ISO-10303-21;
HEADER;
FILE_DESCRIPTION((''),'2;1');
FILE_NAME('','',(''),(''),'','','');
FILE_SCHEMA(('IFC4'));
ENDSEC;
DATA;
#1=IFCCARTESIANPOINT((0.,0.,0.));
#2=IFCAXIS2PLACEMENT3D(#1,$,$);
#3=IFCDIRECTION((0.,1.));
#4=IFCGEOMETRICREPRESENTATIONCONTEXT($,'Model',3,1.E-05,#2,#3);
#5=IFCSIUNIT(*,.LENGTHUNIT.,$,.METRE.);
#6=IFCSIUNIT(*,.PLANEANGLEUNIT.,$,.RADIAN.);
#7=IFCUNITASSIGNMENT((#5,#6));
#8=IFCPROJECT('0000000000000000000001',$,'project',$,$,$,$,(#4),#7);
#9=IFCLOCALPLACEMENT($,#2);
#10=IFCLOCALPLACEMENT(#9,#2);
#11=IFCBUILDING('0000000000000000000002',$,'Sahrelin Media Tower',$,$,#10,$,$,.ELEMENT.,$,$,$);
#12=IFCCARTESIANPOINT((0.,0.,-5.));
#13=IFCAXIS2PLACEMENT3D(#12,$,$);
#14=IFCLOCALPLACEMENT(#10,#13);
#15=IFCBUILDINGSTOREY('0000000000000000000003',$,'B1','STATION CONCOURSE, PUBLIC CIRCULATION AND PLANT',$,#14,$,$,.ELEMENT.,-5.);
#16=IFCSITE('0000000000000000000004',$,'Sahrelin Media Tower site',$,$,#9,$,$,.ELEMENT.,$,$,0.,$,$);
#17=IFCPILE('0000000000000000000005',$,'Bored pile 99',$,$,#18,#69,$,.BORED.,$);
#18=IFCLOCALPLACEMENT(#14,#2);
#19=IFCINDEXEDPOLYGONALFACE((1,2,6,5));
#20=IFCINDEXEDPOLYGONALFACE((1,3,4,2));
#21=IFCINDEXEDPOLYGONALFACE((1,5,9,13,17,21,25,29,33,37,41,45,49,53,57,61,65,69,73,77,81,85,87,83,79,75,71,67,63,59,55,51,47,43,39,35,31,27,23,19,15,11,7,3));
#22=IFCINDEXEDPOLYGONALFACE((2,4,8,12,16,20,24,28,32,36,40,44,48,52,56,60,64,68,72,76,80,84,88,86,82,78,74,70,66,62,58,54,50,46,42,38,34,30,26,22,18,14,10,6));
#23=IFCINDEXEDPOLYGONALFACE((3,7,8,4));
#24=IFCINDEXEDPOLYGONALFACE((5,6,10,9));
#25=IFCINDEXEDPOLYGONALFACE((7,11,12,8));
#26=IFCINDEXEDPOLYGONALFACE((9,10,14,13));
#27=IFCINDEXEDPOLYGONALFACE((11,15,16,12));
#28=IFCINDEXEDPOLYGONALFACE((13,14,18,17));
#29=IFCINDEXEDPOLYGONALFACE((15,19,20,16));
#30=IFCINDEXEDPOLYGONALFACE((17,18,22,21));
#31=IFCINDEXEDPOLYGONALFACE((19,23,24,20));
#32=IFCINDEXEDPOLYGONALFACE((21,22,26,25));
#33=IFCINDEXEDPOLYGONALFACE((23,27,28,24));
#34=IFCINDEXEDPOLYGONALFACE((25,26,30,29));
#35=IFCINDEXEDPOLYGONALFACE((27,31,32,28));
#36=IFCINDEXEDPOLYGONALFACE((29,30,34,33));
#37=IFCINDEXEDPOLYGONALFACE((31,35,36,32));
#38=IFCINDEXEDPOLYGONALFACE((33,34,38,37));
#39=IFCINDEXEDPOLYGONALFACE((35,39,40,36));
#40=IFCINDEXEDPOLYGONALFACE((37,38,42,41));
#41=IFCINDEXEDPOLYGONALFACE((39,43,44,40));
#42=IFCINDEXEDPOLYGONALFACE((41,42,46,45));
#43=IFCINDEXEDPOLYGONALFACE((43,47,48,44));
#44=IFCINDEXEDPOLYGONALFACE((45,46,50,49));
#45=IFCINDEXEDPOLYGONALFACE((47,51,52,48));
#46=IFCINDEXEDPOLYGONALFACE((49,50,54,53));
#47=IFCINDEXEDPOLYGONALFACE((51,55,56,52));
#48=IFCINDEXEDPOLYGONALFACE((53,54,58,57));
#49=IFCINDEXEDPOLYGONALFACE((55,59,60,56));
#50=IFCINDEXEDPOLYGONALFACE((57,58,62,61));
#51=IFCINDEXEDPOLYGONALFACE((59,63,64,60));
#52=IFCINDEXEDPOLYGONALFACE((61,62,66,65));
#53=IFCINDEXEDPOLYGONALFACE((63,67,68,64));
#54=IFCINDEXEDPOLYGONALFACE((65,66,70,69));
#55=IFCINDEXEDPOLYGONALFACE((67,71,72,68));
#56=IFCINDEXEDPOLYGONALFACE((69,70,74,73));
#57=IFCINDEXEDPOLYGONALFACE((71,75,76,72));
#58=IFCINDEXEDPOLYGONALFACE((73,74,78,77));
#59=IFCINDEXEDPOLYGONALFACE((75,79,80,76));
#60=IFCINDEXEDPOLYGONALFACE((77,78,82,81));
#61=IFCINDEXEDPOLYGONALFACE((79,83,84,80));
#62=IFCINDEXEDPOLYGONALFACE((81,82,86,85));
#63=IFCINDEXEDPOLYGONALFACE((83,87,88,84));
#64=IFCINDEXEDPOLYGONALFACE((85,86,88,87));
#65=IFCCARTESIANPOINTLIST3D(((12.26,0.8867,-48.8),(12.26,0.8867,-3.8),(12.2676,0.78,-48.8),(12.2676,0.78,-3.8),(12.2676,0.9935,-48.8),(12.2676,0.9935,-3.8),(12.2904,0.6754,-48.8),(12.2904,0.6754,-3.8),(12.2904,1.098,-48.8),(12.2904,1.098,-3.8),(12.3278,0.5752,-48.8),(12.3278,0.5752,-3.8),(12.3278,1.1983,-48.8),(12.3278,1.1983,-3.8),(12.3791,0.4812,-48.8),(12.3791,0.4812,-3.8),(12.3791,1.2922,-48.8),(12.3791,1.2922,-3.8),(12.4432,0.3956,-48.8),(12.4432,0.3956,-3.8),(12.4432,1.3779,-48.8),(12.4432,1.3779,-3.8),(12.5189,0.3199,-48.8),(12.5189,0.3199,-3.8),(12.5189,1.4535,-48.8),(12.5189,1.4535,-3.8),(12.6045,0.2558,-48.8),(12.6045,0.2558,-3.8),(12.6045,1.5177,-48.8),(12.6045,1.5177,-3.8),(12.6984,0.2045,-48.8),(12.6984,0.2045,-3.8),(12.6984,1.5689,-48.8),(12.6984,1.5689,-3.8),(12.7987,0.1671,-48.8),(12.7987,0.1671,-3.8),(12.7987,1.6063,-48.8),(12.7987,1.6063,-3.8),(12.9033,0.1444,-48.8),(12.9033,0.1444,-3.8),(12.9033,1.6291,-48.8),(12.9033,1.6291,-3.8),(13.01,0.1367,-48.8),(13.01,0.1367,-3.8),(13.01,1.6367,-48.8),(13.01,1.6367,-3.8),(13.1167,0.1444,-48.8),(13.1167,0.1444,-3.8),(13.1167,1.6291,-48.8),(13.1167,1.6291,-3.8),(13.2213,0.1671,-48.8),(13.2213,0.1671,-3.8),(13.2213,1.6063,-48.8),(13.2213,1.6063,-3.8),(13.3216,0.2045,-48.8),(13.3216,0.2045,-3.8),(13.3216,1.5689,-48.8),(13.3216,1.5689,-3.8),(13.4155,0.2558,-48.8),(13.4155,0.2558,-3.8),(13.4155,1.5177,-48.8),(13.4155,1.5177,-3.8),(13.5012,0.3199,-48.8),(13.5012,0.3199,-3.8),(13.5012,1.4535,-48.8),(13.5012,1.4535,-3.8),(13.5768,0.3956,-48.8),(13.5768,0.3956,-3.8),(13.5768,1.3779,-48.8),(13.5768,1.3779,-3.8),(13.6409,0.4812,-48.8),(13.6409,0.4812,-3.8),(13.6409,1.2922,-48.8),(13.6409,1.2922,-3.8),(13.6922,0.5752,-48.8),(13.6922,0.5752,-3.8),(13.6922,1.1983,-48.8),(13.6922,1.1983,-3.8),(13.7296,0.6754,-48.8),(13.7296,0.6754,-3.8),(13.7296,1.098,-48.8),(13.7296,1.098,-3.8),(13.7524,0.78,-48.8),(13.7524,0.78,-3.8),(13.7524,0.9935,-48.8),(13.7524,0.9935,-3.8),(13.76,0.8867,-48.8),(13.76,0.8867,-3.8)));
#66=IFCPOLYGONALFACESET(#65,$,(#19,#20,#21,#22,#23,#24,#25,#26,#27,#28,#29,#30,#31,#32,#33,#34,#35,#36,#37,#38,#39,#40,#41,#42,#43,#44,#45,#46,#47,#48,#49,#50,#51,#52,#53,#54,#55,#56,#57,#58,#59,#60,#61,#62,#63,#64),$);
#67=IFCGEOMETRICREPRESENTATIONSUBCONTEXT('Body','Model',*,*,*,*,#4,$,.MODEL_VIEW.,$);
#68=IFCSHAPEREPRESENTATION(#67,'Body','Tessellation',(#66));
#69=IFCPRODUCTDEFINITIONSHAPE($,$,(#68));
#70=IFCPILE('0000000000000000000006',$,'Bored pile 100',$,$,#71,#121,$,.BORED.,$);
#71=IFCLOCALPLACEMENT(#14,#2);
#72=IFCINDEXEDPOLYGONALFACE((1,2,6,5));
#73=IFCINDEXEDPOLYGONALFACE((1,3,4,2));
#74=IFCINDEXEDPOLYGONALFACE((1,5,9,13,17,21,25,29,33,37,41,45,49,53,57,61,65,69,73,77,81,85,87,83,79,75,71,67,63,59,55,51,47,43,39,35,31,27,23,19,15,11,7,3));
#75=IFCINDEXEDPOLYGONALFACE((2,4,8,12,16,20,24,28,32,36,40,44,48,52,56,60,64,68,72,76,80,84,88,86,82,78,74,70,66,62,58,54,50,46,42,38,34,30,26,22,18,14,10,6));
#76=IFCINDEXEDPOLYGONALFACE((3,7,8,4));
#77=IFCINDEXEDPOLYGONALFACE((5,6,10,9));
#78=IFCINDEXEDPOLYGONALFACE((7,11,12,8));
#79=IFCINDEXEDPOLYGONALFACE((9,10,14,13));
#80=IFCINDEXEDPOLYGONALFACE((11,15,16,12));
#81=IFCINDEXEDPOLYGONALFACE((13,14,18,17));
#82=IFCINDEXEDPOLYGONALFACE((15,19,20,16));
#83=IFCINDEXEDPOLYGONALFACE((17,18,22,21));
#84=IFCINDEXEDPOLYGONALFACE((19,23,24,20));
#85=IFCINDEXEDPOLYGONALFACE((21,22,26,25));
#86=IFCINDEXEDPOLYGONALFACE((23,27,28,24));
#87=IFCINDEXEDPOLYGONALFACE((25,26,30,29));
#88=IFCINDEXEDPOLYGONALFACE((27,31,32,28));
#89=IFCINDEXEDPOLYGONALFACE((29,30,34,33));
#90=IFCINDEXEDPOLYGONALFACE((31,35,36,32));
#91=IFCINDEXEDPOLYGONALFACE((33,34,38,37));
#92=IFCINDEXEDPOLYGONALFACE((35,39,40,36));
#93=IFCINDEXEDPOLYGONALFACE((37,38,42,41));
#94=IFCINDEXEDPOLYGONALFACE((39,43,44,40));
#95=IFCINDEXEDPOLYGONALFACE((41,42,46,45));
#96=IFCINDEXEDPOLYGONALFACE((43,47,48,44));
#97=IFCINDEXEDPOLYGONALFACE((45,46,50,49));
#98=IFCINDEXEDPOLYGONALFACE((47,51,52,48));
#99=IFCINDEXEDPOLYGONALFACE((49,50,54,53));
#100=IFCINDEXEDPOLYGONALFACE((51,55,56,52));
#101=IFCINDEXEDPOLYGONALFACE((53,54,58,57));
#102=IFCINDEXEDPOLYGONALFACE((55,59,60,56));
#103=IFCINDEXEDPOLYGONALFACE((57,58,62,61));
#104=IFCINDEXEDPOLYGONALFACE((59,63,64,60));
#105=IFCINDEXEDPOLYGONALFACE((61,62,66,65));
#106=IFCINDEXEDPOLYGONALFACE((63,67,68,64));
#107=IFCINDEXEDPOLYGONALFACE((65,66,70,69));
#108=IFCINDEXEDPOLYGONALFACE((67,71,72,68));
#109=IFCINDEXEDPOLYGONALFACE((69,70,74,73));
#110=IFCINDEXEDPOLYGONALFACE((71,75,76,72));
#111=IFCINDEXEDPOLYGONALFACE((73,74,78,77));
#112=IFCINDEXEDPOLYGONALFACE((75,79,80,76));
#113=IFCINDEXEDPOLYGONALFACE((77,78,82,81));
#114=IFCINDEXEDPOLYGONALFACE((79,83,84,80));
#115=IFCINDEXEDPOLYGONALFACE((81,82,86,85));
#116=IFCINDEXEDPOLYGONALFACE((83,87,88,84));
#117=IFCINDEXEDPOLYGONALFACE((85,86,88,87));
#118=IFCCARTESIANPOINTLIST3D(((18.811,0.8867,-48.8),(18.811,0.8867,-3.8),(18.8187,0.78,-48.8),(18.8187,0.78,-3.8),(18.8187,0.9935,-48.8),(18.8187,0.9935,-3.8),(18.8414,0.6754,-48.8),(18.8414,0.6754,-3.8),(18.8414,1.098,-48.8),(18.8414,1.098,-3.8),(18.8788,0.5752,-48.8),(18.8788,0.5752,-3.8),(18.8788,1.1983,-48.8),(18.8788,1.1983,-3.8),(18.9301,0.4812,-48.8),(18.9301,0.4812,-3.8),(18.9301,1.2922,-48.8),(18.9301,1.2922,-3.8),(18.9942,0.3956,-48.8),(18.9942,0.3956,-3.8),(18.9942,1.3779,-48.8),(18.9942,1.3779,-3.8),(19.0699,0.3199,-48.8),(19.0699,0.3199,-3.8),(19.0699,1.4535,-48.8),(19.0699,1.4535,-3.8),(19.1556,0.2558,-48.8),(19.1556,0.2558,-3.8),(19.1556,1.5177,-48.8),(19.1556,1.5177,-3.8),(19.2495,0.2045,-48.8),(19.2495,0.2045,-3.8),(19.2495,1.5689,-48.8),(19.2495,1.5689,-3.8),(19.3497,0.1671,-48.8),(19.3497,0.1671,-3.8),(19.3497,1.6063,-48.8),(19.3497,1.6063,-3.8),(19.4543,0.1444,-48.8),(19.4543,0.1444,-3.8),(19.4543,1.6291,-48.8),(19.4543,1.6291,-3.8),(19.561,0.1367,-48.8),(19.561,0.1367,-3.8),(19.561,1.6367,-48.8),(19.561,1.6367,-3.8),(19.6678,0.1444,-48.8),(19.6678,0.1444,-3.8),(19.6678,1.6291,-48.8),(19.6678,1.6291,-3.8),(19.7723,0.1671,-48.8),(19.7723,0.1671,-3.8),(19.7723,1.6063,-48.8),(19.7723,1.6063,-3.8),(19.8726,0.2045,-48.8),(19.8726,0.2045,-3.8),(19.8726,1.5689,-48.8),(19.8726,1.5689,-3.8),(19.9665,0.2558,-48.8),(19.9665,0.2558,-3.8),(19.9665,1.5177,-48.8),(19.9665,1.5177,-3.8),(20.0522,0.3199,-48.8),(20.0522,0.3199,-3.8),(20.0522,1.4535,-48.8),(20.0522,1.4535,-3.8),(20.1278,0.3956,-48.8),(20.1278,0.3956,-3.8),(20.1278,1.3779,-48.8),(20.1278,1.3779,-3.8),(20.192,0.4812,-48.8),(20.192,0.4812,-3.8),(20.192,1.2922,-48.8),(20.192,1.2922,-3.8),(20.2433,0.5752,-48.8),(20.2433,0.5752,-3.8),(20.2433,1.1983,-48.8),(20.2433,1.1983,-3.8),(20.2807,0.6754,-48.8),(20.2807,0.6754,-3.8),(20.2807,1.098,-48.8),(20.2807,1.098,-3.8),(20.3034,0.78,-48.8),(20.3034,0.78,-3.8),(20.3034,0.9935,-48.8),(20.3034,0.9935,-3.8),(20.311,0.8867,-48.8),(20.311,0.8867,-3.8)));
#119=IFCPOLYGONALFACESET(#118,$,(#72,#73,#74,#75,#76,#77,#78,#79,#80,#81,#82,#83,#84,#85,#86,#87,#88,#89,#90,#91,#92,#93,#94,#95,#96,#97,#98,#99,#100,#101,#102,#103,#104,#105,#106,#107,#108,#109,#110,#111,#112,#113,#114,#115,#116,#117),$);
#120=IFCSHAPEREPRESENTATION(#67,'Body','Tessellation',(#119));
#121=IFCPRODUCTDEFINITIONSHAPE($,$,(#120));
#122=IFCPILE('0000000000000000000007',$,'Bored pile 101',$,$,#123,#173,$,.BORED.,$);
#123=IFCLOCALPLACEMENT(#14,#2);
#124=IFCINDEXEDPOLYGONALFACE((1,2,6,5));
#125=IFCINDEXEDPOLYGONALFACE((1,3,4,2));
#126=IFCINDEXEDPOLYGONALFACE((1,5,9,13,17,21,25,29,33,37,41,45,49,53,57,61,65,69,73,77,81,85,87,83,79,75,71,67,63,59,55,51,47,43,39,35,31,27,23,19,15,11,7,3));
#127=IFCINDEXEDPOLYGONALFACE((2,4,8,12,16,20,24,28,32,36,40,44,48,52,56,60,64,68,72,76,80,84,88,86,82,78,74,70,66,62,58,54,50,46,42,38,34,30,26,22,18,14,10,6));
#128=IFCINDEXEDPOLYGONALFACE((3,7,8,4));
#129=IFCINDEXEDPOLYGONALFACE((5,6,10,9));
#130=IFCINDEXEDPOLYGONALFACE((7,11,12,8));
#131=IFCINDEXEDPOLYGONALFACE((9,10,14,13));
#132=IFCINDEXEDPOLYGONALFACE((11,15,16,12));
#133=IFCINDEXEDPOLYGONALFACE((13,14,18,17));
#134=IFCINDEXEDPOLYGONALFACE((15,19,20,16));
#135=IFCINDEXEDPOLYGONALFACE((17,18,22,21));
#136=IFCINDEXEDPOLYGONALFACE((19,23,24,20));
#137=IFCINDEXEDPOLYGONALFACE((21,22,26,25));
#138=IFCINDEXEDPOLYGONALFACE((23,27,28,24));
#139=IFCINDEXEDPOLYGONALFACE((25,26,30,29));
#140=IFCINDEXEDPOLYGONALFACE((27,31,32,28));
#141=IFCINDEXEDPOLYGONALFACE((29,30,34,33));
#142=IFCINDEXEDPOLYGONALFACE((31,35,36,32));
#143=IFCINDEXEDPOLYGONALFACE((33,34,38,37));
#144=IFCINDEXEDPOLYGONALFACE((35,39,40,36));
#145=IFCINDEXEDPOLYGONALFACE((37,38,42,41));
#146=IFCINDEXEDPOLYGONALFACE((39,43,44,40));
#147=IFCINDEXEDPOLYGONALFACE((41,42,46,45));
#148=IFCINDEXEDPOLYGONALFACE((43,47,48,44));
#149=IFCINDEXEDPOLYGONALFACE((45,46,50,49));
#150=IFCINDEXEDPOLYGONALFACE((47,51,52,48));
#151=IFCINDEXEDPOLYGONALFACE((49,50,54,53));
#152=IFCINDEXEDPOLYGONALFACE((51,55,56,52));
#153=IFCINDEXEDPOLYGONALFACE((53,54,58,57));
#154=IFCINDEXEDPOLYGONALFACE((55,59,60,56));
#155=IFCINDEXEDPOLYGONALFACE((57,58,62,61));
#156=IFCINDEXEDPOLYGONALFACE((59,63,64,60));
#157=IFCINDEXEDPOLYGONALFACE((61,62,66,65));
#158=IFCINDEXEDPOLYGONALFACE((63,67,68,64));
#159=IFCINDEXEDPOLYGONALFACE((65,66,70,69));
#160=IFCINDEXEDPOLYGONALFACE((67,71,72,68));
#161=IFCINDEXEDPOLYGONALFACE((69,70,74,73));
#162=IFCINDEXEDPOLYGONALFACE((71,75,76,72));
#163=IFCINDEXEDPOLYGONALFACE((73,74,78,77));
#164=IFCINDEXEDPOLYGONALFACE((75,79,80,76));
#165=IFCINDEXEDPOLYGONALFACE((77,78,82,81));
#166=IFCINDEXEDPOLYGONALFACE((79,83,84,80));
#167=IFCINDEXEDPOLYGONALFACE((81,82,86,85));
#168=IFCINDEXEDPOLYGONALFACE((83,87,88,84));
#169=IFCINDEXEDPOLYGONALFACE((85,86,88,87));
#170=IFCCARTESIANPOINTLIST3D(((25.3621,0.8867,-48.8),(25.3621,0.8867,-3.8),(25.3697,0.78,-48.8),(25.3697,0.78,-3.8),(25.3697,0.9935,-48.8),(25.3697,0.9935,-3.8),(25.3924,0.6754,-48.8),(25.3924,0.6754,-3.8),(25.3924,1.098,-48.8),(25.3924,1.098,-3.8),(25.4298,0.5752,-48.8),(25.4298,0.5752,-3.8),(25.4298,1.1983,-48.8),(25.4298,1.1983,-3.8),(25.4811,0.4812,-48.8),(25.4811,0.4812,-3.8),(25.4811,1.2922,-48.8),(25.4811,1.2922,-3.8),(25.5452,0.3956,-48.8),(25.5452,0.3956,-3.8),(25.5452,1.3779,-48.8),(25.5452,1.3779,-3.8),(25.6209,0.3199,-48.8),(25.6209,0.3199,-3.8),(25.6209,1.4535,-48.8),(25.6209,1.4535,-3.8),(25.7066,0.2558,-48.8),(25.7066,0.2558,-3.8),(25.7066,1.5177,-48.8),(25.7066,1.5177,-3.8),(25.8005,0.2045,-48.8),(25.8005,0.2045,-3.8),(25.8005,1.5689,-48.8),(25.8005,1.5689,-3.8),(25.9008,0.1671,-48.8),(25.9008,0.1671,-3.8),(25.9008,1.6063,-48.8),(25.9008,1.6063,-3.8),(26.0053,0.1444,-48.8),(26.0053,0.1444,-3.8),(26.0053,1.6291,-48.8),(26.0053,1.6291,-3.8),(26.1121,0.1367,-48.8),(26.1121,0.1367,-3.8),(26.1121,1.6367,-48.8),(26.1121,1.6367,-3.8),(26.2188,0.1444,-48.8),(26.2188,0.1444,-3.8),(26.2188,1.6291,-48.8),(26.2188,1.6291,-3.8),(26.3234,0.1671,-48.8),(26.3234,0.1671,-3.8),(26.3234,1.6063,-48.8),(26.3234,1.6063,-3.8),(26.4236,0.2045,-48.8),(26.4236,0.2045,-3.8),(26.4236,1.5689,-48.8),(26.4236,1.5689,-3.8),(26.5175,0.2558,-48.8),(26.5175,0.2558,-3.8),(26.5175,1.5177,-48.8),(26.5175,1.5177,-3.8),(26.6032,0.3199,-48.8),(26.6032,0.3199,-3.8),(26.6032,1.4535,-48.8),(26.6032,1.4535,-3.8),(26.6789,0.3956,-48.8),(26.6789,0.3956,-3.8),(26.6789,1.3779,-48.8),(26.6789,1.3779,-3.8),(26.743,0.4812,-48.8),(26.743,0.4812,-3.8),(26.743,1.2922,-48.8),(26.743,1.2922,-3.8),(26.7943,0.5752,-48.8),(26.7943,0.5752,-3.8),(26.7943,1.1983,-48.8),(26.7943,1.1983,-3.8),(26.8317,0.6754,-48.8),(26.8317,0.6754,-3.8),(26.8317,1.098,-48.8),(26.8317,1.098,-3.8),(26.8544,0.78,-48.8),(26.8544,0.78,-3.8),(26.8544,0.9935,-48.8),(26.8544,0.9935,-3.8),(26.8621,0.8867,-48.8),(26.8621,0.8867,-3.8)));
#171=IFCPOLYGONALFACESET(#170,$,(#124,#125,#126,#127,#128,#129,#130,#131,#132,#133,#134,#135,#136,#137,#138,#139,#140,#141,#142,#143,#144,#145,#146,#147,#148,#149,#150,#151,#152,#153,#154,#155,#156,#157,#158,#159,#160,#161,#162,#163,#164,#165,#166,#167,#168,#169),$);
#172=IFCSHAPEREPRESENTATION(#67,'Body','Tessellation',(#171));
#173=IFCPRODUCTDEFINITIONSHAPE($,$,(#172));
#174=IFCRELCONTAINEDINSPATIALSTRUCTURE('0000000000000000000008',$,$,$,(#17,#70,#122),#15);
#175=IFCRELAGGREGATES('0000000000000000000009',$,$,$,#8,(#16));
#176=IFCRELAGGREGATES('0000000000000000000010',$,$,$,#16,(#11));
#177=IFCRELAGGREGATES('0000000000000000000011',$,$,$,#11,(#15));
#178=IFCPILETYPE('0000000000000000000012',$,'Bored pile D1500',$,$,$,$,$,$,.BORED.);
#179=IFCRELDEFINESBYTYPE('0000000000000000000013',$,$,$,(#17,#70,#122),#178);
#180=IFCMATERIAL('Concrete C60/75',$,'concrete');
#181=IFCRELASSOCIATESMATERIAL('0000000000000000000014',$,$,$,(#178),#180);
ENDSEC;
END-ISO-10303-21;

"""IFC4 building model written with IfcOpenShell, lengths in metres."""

from ifc_helpers import new_model, si_unit, direction, frame, origin, origin_2d, place, context, subcontext, project, spatial, circle, extrude, material, material_profile, profile_set, type_object, element, save


model = new_model("IFC4")

# Units and contexts
model_context = context("Model", 3, precision=1e-05, world=origin(), true_north=direction((0.0, 1.0)))
body_context = subcontext(model_context, "Body", "Model", "MODEL_VIEW")
ifc_project = project(units=[si_unit("LENGTHUNIT", "METRE"), si_unit("PLANEANGLEUNIT", "RADIAN")], contexts=[model_context])

# Site, building, storey
site_placement = place(None, origin())
site = spatial("IfcSite", under=ifc_project, at=site_placement, Name="Sahrelin Media Tower site", CompositionType="ELEMENT", RefElevation=0.0)
building_placement = place(site_placement, origin())
building = spatial("IfcBuilding", under=site, at=building_placement, Name="Sahrelin Media Tower", CompositionType="ELEMENT")
storey_placement = place(building_placement, frame((0.0, 0.0, -5.0)))
storey = spatial("IfcBuildingStorey", under=building, at=storey_placement, Name="B1", Description="STATION CONCOURSE, PUBLIC CIRCULATION AND PLANT", CompositionType="ELEMENT", Elevation=-5.0)

# Piles
ifc_material_1 = material(Name="Concrete C60/75", Category="concrete")
ifc_material_profile_1 = material_profile(ifc_material_1, circle(Radius=0.75, at=origin_2d()), Name="Bored pile D1500")
ifc_profile_set_1 = profile_set([ifc_material_profile_1], Name="Concrete C60/75")
pile_type = type_object("IfcPileType", Name="Bored pile D1500", PredefinedType="BORED", material=ifc_profile_set_1)
for number, where, z_axis, x_axis, name in (
    (1, (13.01, 0.8867, -3.8), (0.0, 0.0, -1.0), (1.0, 0.0, 0.0), "Bored pile 99"),
    (2, (19.561, 0.8867, -3.8), (0.0, 0.0, -1.0), (1.0, 0.0, 0.0), "Bored pile 100"),
    (3, (26.1121, 0.8867, -3.8), (0.0, 0.0, -1.0), (1.0, 0.0, 0.0), "Bored pile 101"),
):
    element("IfcPile", number, at=place(storey_placement, frame(where, z_axis=z_axis, x_axis=x_axis)), inside=storey, type_object=pile_type, Name=name, PredefinedType="BORED", context=body_context, shape_type="SweptSolid", body=[
        extrude(circle(Radius=0.75, at=origin_2d()), origin(), (0.0, 0.0, 1.0), 45.0),
    ])

save(model, "model.ifc")
